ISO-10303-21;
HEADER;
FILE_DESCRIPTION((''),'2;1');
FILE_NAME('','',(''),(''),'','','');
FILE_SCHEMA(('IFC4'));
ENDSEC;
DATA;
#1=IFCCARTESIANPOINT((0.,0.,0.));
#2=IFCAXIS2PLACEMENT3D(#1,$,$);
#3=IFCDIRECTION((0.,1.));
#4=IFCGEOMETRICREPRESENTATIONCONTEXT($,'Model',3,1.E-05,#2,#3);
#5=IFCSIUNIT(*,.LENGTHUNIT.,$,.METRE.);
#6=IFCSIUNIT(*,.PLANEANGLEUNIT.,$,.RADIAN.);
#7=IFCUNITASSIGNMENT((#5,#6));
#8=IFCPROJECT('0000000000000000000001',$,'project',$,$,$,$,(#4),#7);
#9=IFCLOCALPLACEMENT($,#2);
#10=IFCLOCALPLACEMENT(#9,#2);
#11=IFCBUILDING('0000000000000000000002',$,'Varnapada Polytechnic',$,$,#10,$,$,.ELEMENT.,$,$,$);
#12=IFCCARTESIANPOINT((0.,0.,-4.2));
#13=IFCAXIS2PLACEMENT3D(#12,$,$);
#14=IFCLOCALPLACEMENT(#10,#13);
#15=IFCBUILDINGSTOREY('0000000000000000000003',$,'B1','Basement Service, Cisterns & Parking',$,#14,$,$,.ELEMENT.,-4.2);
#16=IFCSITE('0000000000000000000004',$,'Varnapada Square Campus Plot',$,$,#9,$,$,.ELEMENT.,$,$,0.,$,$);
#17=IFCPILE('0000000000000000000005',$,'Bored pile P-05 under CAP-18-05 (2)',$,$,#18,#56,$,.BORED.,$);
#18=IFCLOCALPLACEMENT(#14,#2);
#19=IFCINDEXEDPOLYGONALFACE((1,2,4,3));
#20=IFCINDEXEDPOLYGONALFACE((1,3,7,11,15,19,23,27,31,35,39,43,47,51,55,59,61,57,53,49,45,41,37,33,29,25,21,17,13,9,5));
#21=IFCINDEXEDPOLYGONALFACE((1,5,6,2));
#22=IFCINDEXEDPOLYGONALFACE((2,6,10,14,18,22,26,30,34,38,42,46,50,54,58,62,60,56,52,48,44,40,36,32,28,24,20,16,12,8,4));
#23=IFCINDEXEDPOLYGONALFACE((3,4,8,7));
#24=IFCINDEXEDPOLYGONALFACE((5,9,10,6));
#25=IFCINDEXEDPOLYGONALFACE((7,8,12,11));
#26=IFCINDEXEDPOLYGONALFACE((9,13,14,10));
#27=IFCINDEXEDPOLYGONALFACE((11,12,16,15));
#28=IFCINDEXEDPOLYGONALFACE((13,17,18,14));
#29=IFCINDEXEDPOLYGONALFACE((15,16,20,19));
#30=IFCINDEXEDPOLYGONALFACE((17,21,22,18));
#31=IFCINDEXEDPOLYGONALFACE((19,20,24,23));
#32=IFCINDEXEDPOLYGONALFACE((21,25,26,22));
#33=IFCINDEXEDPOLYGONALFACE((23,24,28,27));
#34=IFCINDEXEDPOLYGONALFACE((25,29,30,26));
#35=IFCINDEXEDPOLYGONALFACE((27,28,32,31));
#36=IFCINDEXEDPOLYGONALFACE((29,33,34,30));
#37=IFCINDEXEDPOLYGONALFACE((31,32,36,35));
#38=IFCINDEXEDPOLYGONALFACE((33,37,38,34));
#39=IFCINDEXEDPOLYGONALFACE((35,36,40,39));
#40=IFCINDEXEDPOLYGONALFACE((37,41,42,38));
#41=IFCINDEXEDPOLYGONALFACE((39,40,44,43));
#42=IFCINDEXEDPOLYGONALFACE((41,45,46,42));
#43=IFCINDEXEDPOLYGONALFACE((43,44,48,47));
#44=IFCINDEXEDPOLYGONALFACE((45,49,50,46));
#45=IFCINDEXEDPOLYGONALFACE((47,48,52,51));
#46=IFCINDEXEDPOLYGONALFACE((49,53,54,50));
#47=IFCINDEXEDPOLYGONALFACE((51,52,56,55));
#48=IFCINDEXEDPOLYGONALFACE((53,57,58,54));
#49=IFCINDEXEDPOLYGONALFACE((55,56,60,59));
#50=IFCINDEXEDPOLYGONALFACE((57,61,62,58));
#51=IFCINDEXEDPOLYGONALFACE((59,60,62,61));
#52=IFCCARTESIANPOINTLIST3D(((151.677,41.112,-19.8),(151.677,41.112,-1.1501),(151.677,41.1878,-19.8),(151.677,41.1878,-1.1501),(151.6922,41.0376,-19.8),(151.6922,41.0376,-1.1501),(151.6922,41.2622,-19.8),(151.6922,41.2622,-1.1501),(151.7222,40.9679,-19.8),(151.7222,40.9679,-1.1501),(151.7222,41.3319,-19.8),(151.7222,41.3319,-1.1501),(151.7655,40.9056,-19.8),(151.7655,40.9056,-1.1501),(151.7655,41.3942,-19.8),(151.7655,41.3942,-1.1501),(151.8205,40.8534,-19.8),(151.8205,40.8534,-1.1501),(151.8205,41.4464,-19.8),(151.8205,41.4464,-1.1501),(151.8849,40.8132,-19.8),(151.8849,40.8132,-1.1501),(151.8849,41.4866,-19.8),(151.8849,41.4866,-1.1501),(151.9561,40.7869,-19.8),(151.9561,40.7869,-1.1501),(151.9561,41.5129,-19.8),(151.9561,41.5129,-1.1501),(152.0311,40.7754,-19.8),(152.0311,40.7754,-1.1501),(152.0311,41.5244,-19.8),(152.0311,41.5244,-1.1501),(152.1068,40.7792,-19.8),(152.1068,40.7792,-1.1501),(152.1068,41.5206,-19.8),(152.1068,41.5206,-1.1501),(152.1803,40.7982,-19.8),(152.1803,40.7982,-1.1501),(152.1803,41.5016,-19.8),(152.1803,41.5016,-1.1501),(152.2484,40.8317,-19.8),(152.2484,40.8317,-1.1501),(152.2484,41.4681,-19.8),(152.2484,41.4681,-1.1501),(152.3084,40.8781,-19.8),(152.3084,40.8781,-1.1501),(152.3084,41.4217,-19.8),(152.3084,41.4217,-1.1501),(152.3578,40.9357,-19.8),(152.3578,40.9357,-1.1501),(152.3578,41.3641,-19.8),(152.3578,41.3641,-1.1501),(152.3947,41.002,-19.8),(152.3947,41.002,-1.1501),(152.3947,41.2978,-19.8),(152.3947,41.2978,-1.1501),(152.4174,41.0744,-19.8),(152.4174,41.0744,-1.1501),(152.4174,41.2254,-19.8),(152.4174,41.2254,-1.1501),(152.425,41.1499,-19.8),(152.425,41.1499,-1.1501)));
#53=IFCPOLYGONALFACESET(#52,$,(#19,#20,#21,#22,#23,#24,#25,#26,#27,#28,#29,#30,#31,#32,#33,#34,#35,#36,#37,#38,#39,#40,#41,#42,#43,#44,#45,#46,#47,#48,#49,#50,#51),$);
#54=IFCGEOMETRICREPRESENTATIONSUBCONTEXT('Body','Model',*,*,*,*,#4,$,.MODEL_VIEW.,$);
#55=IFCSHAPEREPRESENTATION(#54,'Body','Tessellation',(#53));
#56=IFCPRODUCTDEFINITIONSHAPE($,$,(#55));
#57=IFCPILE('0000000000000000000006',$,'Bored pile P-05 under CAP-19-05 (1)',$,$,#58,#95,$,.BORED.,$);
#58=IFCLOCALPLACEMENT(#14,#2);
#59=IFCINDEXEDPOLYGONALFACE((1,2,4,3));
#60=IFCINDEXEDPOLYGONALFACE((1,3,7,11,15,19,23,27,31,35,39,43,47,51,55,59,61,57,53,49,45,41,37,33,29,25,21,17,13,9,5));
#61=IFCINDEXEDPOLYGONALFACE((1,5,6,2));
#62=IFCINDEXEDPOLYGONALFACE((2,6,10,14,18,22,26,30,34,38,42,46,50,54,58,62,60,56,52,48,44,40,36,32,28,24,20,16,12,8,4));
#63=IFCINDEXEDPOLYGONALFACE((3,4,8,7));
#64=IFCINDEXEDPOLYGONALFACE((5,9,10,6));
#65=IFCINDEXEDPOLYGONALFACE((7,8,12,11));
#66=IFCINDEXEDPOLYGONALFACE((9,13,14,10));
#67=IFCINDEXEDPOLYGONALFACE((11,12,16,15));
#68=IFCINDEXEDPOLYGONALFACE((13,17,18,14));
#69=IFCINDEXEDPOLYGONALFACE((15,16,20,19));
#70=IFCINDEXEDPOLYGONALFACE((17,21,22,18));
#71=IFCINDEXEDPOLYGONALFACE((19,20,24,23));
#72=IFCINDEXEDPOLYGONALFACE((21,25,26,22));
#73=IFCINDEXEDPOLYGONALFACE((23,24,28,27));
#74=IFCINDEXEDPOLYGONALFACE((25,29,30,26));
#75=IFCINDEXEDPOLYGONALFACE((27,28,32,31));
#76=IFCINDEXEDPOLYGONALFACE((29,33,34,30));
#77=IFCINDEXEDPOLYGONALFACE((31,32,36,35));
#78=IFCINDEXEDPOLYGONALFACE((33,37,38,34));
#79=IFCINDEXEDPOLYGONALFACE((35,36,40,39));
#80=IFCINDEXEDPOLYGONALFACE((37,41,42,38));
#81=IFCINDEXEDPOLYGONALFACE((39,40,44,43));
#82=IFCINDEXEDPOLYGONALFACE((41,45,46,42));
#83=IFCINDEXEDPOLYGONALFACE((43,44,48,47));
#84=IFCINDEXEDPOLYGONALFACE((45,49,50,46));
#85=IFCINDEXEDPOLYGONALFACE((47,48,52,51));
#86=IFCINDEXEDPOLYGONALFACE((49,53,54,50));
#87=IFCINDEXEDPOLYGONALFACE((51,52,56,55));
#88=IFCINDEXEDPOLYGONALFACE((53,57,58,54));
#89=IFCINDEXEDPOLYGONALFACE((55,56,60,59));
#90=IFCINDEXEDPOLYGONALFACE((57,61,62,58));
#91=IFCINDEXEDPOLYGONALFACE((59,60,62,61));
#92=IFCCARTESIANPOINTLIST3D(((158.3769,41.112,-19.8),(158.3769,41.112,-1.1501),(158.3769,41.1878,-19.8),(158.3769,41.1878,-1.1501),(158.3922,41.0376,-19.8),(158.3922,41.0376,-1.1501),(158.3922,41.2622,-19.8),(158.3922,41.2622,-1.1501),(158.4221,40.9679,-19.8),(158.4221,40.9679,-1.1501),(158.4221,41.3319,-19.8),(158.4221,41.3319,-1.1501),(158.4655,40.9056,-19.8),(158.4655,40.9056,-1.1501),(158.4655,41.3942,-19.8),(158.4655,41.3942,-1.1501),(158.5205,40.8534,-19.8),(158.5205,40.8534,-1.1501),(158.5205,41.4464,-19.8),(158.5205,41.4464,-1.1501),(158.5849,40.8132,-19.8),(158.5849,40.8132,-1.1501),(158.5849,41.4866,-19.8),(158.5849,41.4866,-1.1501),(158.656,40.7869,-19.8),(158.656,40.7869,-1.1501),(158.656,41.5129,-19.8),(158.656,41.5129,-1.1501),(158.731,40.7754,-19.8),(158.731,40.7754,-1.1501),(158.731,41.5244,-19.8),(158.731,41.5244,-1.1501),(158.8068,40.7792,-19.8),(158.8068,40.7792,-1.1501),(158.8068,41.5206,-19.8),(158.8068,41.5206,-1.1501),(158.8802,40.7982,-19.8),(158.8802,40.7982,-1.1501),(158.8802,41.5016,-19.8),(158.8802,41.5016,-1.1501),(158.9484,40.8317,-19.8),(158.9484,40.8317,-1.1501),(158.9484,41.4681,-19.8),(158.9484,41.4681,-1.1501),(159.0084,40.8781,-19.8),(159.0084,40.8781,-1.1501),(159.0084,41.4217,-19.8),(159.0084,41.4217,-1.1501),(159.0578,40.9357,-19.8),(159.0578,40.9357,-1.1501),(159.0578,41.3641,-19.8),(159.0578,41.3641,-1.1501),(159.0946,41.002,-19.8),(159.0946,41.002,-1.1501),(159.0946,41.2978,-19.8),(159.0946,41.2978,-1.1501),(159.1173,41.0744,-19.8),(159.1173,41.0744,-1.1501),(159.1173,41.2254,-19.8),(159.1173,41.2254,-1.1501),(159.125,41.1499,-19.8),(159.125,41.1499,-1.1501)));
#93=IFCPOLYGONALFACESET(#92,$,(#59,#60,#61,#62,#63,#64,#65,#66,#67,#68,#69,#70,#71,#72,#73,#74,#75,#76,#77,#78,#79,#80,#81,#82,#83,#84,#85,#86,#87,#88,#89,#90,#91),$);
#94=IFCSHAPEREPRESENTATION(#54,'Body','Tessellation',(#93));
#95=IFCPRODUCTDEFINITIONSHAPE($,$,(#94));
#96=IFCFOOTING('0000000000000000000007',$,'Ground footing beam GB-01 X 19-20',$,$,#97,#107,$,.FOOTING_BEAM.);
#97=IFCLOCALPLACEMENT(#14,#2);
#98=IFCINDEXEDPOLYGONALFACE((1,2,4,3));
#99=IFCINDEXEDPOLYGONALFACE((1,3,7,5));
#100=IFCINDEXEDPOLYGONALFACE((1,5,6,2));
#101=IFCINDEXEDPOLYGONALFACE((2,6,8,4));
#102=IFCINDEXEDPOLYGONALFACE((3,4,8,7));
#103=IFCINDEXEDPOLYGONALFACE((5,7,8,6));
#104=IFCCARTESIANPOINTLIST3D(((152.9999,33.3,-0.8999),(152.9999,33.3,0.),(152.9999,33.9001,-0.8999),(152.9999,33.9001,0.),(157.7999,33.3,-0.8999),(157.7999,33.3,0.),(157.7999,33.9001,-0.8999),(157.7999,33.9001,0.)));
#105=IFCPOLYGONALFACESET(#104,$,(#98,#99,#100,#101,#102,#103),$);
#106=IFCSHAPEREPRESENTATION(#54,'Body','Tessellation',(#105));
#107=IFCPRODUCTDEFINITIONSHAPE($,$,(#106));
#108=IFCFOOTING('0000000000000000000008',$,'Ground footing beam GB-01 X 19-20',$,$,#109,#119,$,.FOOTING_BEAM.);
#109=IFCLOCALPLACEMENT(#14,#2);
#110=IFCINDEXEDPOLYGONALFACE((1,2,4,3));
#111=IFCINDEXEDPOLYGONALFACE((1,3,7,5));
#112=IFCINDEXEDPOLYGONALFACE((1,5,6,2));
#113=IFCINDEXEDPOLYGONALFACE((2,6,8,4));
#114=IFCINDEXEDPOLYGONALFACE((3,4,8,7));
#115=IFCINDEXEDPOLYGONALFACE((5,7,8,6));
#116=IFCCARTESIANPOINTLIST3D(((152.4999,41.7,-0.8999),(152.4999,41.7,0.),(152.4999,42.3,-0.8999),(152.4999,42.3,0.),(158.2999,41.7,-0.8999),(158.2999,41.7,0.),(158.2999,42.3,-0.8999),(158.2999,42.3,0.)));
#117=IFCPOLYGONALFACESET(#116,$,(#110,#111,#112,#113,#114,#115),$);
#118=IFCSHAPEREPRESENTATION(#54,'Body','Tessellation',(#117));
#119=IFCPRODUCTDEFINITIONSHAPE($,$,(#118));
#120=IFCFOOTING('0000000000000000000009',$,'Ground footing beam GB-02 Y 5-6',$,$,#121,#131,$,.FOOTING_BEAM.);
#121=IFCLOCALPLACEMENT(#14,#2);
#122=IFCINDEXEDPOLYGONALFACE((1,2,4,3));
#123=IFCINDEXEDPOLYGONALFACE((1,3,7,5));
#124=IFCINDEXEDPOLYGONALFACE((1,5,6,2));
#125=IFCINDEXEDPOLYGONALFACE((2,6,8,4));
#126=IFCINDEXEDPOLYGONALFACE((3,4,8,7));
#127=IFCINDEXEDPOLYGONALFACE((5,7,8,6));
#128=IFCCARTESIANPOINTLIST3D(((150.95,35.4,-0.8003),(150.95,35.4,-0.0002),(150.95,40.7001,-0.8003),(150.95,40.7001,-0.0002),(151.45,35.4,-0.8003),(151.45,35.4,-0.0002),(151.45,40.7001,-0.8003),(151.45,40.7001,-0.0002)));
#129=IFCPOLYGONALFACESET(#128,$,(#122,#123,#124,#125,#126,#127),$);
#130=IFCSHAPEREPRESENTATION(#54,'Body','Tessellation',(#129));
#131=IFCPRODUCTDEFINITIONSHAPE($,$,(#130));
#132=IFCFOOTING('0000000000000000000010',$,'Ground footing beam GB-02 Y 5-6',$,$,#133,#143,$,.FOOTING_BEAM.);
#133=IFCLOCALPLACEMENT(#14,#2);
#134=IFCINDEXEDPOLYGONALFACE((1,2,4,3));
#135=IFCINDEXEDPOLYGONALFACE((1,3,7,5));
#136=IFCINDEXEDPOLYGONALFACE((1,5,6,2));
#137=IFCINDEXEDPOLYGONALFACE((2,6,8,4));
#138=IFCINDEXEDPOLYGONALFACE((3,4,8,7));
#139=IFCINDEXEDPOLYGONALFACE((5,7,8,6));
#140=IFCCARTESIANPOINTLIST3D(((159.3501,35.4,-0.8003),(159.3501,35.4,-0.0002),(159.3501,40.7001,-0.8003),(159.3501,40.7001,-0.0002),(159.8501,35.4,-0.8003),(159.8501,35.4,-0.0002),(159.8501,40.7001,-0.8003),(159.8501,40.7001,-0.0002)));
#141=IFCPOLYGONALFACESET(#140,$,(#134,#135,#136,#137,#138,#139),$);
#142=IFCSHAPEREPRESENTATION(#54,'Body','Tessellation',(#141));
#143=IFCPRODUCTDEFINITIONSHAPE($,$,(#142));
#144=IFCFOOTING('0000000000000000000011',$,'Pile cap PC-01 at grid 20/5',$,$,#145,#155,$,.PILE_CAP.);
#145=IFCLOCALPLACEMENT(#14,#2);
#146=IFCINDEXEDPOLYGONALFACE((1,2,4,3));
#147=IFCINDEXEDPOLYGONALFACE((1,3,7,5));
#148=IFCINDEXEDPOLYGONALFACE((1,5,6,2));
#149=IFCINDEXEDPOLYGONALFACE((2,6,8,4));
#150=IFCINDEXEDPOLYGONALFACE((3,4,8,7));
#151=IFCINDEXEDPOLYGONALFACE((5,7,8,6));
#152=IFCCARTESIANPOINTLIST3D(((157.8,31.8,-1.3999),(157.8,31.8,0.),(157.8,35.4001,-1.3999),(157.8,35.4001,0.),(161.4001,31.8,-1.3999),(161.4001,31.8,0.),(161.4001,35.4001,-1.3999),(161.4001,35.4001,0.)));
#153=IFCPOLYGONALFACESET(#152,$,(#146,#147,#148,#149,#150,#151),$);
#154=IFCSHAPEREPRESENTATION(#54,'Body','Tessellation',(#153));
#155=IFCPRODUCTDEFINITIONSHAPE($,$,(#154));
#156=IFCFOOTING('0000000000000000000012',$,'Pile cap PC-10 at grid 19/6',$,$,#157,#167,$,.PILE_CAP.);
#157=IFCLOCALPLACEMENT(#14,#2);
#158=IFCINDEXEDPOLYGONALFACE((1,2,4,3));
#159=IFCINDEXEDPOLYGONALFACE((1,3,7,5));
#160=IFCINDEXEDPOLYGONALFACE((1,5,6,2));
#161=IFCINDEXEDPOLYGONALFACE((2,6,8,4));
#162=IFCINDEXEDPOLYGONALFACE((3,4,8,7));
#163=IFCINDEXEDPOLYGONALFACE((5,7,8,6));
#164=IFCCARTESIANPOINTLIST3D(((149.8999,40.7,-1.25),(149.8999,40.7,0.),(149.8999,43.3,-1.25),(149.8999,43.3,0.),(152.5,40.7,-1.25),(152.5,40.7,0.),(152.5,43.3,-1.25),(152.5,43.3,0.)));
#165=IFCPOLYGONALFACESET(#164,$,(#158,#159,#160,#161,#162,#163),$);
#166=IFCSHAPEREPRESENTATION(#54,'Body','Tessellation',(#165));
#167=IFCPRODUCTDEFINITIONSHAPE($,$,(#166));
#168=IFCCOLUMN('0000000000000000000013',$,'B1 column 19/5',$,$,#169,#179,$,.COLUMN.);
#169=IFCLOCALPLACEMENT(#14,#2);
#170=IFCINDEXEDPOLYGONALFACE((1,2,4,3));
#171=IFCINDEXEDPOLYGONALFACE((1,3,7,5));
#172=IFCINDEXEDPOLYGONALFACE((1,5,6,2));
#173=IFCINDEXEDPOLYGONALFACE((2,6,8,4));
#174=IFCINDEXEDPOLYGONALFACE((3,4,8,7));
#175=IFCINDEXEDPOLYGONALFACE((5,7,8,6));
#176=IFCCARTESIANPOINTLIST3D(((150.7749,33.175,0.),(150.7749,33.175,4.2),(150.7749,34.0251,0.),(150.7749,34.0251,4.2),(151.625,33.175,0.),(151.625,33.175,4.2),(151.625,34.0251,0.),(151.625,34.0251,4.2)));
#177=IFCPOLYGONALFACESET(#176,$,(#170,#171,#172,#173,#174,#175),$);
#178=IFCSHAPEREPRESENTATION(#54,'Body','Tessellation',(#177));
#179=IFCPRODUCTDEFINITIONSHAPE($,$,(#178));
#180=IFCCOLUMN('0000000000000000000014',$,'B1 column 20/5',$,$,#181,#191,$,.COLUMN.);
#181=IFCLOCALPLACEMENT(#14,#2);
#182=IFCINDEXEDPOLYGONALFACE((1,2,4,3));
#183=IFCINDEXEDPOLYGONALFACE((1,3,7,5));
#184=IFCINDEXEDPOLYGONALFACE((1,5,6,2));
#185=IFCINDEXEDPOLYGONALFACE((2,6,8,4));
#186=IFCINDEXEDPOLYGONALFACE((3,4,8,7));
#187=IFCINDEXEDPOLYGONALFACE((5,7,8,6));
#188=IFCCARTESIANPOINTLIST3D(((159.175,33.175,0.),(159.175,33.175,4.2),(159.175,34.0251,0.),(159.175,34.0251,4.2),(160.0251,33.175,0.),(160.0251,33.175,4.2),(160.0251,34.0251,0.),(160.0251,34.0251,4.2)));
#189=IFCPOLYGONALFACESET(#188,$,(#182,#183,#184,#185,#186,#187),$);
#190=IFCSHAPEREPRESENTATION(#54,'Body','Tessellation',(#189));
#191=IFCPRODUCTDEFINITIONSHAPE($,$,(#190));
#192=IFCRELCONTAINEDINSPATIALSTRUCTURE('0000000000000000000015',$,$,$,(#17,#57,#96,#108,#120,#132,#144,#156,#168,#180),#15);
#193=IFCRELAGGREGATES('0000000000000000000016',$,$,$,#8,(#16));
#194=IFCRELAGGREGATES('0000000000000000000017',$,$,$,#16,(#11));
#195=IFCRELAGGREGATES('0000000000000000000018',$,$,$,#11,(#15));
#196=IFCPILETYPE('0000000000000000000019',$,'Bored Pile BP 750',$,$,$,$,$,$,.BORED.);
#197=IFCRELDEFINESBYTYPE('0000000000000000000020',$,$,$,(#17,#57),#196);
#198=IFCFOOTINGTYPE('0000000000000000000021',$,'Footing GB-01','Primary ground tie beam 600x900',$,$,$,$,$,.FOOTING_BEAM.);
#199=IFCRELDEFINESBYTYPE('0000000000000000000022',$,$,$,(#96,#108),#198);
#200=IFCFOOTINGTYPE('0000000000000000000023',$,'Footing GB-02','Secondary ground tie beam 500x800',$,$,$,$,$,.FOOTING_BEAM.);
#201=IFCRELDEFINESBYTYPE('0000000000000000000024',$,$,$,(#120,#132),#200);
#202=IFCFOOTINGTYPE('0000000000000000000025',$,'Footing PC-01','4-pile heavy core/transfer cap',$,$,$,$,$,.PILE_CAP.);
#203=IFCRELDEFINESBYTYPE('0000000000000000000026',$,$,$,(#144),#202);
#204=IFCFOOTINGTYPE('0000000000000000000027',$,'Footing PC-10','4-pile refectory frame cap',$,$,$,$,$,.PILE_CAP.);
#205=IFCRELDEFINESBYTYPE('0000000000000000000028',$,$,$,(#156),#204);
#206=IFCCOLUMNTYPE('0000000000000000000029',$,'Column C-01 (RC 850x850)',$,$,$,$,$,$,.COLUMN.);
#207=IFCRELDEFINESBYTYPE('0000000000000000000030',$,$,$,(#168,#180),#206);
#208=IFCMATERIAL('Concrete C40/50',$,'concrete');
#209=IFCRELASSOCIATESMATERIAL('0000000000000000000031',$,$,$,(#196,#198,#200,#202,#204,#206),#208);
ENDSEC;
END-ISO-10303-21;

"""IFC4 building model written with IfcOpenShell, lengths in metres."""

from ifc_helpers import new_model, si_unit, direction, frame, origin, origin_2d, place, context, subcontext, project, spatial, rectangle, circle, extrude, material, material_profile, profile_set, type_object, element, save


model = new_model("IFC4")

# Units and contexts
model_context = context("Model", 3, precision=1e-05, world=origin(), true_north=direction((0.0, 1.0)))
body_context = subcontext(model_context, "Body", "Model", "MODEL_VIEW")
ifc_project = project(units=[si_unit("LENGTHUNIT", "METRE"), si_unit("PLANEANGLEUNIT", "RADIAN")], contexts=[model_context])

# Site, building, storey
site_placement = place(None, origin())
site = spatial("IfcSite", under=ifc_project, at=site_placement, Name="Varnapada Square Campus Plot", CompositionType="ELEMENT", RefElevation=0.0)
building_placement = place(site_placement, origin())
building = spatial("IfcBuilding", under=site, at=building_placement, Name="Varnapada Polytechnic", CompositionType="ELEMENT")
storey_placement = place(building_placement, frame((0.0, 0.0, -4.2)))
storey = spatial("IfcBuildingStorey", under=building, at=storey_placement, Name="B1", Description="Basement Service, Cisterns & Parking", CompositionType="ELEMENT", Elevation=-4.2)

# Piles
ifc_material_1 = material(Name="Concrete C40/50", Category="concrete")
ifc_material_profile_1 = material_profile(ifc_material_1, circle(Radius=0.375, at=origin_2d()), Name="BP 750")
ifc_profile_set_1 = profile_set([ifc_material_profile_1], Name="Concrete C40/50")
pile_type_1 = type_object("IfcPileType", Name="Bored Pile BP 750", PredefinedType="BORED", material=ifc_profile_set_1)
for number, where, z_axis, x_axis, name in (
    (1, (152.05, 41.1499, -1.1501), (0.0, 0.0, -1.0), (1.0, 0.0, 0.0), "Bored pile P-05 under CAP-18-05 (2)"),
    (2, (158.75, 41.1499, -1.1501), (0.0, 0.0, -1.0), (1.0, 0.0, 0.0), "Bored pile P-05 under CAP-19-05 (1)"),
):
    element("IfcPile", number, at=place(storey_placement, frame(where, z_axis=z_axis, x_axis=x_axis)), inside=storey, type_object=pile_type_1, Name=name, PredefinedType="BORED", context=body_context, shape_type="SweptSolid", body=[
        extrude(circle(Radius=0.375, at=origin_2d()), origin(), (0.0, 0.0, 1.0), 18.6499),
    ])

# Footings
footing_type_1 = type_object("IfcFootingType", Name="Footing GB-01", Description="Primary ground tie beam 600x900", PredefinedType="FOOTING_BEAM", material=ifc_material_1)
footing_1_placement = place(storey_placement, frame((155.3999, 33.6001, -0.8999), z_axis=(0.0, 0.0, 1.0), x_axis=(1.0, 0.0, 0.0)))
element("IfcFooting", 3, at=footing_1_placement, inside=storey, type_object=footing_type_1, Name="Ground footing beam GB-01 X 19-20", PredefinedType="FOOTING_BEAM", context=body_context, shape_type="SweptSolid", body=[
    extrude(rectangle(XDim=4.8, YDim=0.6001, at=origin_2d()), origin(), (0.0, 0.0, 1.0), 0.8999),
])
footing_2_placement = place(storey_placement, frame((155.3999, 42.0, -0.8999), z_axis=(0.0, 0.0, 1.0), x_axis=(1.0, 0.0, 0.0)))
element("IfcFooting", 4, at=footing_2_placement, inside=storey, type_object=footing_type_1, Name="Ground footing beam GB-01 X 19-20", PredefinedType="FOOTING_BEAM", context=body_context, shape_type="SweptSolid", body=[
    extrude(rectangle(XDim=5.8, YDim=0.6001, at=origin_2d()), origin(), (0.0, 0.0, 1.0), 0.8999),
])
footing_type_2 = type_object("IfcFootingType", Name="Footing GB-02", Description="Secondary ground tie beam 500x800", PredefinedType="FOOTING_BEAM", material=ifc_material_1)
for number, where, z_axis, x_axis, name in (
    (5, (151.2, 38.05, -0.8003), (0.0, 0.0, 1.0), (0.0, 1.0, 0.0), "Ground footing beam GB-02 Y 5-6"),
    (6, (159.6001, 38.05, -0.8003), (0.0, 0.0, 1.0), (0.0, 1.0, 0.0), "Ground footing beam GB-02 Y 5-6"),
):
    element("IfcFooting", number, at=place(storey_placement, frame(where, z_axis=z_axis, x_axis=x_axis)), inside=storey, type_object=footing_type_2, Name=name, PredefinedType="FOOTING_BEAM", context=body_context, shape_type="SweptSolid", body=[
        extrude(rectangle(XDim=5.3, YDim=0.5, at=origin_2d()), origin(), (0.0, 0.0, 1.0), 0.8),
    ])
footing_type_3 = type_object("IfcFootingType", Name="Footing PC-01", Description="4-pile heavy core/transfer cap", PredefinedType="PILE_CAP", material=ifc_material_1)
footing_3_placement = place(storey_placement, frame((159.6001, 33.6001, -1.3999), z_axis=(0.0, 0.0, 1.0), x_axis=(1.0, 0.0, 0.0)))
element("IfcFooting", 7, at=footing_3_placement, inside=storey, type_object=footing_type_3, Name="Pile cap PC-01 at grid 20/5", PredefinedType="PILE_CAP", context=body_context, shape_type="SweptSolid", body=[
    extrude(rectangle(XDim=3.6001, YDim=3.6001, at=origin_2d()), origin(), (0.0, 0.0, 1.0), 1.3999),
])
footing_type_4 = type_object("IfcFootingType", Name="Footing PC-10", Description="4-pile refectory frame cap", PredefinedType="PILE_CAP", material=ifc_material_1)
footing_4_placement = place(storey_placement, frame((151.2, 42.0, -1.25), z_axis=(0.0, 0.0, 1.0), x_axis=(1.0, 0.0, 0.0)))
element("IfcFooting", 8, at=footing_4_placement, inside=storey, type_object=footing_type_4, Name="Pile cap PC-10 at grid 19/6", PredefinedType="PILE_CAP", context=body_context, shape_type="SweptSolid", body=[
    extrude(rectangle(XDim=2.6001, YDim=2.6001, at=origin_2d()), origin(), (0.0, 0.0, 1.0), 1.25),
])

# Columns
ifc_material_profile_2 = material_profile(ifc_material_1, rectangle(XDim=0.8501, YDim=0.8501, at=origin_2d()), Name="RC 850x850")
ifc_profile_set_2 = profile_set([ifc_material_profile_2], Name="Concrete C40/50")
column_type_1 = type_object("IfcColumnType", Name="Column C-01 (RC 850x850)", PredefinedType="COLUMN", material=ifc_profile_set_2)
for number, where, z_axis, x_axis, name in (
    (9, (151.2, 33.6001, 0.0), (0.0, 0.0, 1.0), (1.0, 0.0, 0.0), "B1 column 19/5"),
    (10, (159.6001, 33.6001, 0.0), (0.0, 0.0, 1.0), (1.0, 0.0, 0.0), "B1 column 20/5"),
):
    element("IfcColumn", number, at=place(storey_placement, frame(where, z_axis=z_axis, x_axis=x_axis)), inside=storey, type_object=column_type_1, Name=name, PredefinedType="COLUMN", context=body_context, shape_type="SweptSolid", body=[
        extrude(rectangle(XDim=0.8501, YDim=0.8501, at=origin_2d()), origin(), (0.0, 0.0, 1.0), 4.2),
    ])

save(model, "model.ifc")
